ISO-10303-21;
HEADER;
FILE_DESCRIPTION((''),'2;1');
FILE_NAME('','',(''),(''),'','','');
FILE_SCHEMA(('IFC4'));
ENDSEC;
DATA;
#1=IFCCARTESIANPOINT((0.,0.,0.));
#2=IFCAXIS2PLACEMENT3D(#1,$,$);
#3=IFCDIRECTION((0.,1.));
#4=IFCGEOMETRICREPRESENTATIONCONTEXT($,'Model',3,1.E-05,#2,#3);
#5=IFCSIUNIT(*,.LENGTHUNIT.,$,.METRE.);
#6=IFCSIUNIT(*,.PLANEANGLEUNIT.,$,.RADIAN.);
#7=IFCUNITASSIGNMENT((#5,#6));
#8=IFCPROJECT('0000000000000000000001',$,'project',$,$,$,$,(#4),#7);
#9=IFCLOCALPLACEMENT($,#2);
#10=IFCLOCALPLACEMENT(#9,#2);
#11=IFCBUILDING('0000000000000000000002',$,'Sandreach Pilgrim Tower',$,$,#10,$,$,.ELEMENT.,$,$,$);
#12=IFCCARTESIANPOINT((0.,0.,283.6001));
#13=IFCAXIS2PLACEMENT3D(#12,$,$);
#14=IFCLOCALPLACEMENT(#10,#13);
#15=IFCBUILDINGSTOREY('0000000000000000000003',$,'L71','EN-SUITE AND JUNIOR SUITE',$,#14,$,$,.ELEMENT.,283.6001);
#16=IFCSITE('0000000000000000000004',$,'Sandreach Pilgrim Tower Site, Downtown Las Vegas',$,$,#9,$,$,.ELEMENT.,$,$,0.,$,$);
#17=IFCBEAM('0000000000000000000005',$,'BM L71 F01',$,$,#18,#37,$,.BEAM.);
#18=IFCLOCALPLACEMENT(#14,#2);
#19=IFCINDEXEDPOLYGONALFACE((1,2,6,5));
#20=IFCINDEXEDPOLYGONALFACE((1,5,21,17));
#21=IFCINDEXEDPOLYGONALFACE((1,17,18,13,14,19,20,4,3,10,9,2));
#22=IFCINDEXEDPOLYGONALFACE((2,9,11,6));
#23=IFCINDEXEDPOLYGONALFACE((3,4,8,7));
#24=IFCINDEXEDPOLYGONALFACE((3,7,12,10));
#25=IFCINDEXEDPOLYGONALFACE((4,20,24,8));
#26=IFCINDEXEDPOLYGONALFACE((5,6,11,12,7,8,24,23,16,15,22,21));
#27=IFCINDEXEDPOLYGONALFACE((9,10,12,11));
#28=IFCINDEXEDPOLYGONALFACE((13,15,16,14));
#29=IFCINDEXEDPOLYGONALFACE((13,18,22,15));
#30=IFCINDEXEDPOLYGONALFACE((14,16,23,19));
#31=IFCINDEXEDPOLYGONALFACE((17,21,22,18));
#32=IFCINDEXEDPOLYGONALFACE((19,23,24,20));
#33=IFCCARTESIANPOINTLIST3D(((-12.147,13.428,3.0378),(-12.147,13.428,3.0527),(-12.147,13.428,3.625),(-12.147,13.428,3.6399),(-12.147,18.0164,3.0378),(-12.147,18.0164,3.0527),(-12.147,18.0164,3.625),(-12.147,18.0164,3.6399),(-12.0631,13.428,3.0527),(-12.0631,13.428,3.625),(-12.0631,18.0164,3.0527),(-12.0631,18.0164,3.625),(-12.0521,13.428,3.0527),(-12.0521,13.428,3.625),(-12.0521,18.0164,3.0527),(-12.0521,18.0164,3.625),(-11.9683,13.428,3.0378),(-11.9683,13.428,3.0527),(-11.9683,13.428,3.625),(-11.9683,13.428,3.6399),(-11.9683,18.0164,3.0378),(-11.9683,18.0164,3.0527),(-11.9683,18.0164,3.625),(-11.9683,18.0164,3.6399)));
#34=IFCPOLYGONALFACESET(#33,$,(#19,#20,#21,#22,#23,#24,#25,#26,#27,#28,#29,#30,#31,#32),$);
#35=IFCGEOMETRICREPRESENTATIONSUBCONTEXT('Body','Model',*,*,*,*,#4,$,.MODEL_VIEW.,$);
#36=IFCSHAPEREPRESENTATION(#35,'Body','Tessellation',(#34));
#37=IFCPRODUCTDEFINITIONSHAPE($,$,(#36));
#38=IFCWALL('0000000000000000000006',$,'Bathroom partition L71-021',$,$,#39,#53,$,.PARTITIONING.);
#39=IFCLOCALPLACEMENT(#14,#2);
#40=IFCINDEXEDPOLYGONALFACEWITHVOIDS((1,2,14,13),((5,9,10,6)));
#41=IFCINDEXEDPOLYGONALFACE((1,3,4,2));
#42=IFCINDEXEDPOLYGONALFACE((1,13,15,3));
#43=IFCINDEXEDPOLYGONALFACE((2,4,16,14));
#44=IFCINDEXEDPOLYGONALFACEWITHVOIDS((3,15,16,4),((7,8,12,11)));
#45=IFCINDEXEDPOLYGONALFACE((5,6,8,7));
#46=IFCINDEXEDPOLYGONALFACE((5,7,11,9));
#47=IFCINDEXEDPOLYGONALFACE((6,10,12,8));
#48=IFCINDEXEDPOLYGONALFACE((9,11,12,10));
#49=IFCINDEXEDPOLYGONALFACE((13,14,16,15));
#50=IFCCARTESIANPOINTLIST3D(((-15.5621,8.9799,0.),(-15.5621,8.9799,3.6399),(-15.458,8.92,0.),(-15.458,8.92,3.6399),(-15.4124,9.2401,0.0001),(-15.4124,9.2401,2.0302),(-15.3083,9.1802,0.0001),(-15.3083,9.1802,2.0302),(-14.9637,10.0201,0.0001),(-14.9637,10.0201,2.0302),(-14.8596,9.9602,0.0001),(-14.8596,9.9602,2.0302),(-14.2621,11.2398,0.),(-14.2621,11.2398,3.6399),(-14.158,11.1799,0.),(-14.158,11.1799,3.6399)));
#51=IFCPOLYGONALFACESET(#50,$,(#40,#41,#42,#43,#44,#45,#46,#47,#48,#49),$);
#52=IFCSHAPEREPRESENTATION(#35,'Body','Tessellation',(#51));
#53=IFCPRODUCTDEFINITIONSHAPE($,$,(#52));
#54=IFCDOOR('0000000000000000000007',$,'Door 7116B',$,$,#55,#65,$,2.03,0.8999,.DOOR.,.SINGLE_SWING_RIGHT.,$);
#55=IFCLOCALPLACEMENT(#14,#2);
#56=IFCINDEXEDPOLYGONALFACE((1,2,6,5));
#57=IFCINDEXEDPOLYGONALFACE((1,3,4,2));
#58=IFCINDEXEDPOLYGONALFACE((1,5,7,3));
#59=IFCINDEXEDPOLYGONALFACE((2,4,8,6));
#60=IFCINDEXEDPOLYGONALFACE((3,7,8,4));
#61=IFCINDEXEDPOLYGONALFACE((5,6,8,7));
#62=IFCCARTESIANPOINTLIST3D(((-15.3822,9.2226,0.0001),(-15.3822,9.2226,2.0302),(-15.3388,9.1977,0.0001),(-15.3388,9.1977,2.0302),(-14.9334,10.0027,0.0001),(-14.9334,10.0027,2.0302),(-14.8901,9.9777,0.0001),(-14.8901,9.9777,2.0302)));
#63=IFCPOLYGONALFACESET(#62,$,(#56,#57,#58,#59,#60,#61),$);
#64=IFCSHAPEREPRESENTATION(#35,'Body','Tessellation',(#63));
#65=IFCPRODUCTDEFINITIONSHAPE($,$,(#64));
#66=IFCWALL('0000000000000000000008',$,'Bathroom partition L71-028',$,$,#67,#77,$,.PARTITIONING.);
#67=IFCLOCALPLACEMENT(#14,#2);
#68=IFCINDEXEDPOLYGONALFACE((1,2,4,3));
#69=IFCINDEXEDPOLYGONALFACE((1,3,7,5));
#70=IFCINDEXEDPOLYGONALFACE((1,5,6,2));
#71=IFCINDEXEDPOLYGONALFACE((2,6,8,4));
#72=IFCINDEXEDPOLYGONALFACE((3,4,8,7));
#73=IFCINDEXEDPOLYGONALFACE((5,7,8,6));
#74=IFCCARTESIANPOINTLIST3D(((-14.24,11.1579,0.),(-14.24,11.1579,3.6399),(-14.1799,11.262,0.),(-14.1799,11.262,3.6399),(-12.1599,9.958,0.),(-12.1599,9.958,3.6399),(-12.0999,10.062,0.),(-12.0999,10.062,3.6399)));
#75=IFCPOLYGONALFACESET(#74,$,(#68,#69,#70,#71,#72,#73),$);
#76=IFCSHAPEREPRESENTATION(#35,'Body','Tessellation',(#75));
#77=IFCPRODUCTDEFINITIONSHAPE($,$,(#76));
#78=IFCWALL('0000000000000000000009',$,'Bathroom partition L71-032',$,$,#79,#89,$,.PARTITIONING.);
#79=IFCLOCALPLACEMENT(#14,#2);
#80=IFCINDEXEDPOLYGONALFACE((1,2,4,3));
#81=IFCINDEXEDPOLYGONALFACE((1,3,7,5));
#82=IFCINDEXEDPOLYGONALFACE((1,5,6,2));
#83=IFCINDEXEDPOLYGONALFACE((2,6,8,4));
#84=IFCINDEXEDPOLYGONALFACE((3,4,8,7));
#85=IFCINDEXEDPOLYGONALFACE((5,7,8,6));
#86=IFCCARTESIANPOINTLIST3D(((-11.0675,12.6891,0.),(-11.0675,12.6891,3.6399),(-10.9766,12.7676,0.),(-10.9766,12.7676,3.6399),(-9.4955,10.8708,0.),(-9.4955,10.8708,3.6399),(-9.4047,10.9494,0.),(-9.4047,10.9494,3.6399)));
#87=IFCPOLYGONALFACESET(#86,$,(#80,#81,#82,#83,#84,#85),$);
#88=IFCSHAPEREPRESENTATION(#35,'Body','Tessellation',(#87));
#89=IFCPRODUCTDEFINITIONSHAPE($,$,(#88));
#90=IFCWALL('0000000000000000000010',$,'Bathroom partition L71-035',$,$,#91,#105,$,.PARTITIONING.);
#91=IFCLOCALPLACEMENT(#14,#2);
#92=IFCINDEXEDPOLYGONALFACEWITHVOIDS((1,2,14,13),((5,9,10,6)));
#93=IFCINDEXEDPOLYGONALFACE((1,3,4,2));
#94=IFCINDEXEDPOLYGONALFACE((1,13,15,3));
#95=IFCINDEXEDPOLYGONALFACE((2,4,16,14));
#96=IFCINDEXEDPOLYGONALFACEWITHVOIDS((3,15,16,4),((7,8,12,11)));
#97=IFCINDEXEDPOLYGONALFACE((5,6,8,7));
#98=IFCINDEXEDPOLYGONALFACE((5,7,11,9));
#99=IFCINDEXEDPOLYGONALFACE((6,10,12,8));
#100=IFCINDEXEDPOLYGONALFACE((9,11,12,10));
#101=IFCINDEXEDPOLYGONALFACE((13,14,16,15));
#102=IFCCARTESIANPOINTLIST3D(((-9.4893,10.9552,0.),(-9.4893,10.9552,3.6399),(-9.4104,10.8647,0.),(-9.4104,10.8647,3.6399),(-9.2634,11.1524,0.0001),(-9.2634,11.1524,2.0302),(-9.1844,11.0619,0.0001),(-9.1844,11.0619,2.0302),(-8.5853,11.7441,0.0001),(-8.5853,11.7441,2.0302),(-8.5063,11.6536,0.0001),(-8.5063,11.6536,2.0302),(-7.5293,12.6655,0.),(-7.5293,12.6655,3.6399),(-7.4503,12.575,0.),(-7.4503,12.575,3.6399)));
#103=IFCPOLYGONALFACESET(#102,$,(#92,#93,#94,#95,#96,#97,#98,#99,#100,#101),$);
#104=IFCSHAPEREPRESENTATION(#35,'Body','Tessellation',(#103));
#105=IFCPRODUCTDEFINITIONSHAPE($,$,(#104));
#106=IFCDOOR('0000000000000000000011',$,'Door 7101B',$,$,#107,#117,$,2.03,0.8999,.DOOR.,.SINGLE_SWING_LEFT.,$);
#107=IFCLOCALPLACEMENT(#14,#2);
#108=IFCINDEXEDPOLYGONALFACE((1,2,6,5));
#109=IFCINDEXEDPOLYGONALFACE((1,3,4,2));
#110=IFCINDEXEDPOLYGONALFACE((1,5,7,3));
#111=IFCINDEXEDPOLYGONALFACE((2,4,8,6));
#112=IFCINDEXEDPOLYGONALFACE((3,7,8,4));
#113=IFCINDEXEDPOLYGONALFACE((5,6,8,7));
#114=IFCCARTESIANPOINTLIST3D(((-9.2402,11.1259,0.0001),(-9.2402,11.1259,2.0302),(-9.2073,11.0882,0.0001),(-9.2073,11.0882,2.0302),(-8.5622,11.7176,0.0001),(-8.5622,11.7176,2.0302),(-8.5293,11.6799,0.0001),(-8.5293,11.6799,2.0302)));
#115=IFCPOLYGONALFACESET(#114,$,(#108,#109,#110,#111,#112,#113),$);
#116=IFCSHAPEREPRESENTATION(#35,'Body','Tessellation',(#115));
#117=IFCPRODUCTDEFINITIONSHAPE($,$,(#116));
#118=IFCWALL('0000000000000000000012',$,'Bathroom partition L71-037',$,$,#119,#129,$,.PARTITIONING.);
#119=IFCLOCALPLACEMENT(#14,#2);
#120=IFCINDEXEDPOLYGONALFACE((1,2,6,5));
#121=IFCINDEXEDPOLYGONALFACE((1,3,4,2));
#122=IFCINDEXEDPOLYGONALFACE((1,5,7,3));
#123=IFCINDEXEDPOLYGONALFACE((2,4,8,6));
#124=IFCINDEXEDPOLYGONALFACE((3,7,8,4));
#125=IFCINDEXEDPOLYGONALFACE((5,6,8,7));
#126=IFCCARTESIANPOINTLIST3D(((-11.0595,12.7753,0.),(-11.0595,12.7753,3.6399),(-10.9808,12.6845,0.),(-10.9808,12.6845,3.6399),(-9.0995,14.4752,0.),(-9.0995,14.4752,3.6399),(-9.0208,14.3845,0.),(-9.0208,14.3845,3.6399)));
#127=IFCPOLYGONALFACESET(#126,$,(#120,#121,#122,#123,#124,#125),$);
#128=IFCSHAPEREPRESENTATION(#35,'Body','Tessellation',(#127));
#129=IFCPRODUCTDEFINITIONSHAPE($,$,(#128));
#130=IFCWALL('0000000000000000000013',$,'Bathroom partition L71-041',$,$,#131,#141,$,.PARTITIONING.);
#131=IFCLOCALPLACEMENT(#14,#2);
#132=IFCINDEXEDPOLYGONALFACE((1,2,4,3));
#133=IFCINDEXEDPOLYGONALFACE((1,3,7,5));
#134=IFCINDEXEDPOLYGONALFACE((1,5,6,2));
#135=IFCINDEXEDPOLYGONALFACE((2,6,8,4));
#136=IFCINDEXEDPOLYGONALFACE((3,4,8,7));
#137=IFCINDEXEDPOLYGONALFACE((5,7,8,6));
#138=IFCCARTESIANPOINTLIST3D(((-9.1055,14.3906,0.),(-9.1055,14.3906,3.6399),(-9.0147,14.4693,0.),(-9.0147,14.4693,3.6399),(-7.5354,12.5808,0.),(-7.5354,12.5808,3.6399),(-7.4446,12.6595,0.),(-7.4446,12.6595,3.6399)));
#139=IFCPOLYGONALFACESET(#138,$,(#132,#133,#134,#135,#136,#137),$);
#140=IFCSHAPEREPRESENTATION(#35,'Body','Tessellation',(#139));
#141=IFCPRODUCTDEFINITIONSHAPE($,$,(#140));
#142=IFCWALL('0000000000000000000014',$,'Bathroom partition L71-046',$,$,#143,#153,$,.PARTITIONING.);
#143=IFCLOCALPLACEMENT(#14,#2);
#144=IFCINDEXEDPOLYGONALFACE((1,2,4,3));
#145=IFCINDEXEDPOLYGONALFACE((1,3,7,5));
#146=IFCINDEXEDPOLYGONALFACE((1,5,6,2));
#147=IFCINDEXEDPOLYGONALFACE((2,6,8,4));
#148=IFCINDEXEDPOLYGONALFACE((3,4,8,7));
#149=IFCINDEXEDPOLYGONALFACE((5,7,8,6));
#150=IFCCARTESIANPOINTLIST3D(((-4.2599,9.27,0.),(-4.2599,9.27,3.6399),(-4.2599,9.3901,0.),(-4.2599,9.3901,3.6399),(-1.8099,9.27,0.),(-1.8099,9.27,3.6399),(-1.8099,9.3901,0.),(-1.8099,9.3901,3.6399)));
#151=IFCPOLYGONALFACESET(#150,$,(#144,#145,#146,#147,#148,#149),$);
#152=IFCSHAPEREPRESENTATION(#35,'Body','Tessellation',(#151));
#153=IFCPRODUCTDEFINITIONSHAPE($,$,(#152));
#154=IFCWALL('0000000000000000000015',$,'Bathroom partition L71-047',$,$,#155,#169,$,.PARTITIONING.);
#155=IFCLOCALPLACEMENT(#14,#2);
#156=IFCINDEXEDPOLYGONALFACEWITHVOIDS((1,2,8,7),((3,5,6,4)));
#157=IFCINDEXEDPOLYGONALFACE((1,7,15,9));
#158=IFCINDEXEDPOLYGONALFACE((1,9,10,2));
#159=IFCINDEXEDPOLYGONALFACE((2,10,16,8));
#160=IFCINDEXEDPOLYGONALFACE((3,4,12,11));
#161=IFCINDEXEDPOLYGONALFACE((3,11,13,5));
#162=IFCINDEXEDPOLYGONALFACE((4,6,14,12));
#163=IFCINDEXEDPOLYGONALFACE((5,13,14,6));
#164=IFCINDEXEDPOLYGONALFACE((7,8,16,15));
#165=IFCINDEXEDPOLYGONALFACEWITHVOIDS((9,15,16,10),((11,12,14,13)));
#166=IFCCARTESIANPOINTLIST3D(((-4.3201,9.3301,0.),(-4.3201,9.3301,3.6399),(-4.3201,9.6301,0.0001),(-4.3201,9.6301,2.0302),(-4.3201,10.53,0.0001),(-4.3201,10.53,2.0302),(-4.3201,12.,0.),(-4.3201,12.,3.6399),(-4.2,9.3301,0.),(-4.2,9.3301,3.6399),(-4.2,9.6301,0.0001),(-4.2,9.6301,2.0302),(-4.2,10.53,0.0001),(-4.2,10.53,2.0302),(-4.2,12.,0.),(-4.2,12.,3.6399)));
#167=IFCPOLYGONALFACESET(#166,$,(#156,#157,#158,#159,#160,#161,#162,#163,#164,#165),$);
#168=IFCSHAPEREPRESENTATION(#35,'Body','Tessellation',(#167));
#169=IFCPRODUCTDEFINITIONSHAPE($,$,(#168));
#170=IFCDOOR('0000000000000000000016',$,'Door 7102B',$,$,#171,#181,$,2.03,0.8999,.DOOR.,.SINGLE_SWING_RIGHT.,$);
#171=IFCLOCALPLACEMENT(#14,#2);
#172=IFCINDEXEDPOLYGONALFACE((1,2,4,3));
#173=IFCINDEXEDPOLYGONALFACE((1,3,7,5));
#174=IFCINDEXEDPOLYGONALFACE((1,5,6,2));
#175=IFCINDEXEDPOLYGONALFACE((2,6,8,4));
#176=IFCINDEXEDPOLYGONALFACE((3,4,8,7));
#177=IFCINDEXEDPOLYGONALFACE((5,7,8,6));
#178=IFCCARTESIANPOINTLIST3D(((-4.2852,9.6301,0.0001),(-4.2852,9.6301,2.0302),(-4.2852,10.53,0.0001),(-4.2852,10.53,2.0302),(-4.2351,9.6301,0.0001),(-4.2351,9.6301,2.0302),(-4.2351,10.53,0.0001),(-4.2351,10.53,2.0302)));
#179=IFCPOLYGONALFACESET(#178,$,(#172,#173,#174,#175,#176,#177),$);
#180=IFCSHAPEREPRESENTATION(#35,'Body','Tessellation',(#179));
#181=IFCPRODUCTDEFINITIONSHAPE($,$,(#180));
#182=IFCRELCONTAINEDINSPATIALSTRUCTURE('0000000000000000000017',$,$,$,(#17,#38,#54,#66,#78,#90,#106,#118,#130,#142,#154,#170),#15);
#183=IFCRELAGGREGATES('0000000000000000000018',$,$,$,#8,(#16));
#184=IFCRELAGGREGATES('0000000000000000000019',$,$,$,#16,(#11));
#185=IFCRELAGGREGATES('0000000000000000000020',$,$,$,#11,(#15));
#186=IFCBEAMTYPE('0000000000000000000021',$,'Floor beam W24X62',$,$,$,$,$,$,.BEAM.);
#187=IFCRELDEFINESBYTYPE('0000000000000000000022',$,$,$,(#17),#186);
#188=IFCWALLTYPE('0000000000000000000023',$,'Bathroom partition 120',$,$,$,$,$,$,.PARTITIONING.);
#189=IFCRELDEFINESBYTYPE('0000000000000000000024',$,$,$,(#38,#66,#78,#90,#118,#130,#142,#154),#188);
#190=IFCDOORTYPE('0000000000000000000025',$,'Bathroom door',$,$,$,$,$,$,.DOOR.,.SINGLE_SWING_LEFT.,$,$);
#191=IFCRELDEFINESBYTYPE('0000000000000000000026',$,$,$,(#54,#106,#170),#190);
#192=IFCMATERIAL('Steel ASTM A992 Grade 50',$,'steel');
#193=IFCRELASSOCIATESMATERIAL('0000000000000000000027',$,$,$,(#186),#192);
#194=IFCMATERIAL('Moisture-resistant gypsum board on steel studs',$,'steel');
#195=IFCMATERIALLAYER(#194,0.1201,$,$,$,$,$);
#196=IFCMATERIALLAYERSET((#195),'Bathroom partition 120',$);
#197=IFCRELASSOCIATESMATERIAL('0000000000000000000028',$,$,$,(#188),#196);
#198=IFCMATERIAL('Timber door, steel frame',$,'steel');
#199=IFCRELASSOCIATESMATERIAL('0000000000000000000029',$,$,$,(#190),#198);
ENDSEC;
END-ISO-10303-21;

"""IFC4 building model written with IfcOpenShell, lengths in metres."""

from ifc_helpers import new_model, si_unit, direction, frame, frame_2d, origin, origin_2d, place, context, subcontext, project, spatial, rectangle, i_section, extrude, material, layer, layer_set, material_profile, profile_set, type_object, element, fill, save


model = new_model("IFC4")

# Units and contexts
model_context = context("Model", 3, precision=1e-05, world=origin(), true_north=direction((0.0, 1.0)))
body_context = subcontext(model_context, "Body", "Model", "MODEL_VIEW")
ifc_project = project(units=[si_unit("LENGTHUNIT", "METRE"), si_unit("PLANEANGLEUNIT", "RADIAN")], contexts=[model_context])

# Site, building, storey
site_placement = place(None, origin())
site = spatial("IfcSite", under=ifc_project, at=site_placement, Name="Sandreach Pilgrim Tower Site, Downtown Las Vegas", CompositionType="ELEMENT", RefElevation=0.0)
building_placement = place(site_placement, origin())
building = spatial("IfcBuilding", under=site, at=building_placement, Name="Sandreach Pilgrim Tower", CompositionType="ELEMENT")
storey_placement = place(building_placement, frame((0.0, 0.0, 283.6001)))
storey = spatial("IfcBuildingStorey", under=building, at=storey_placement, Name="L71", Description="EN-SUITE AND JUNIOR SUITE", CompositionType="ELEMENT", Elevation=283.6001)

# Beam
ifc_material_1 = material(Name="Steel ASTM A992 Grade 50", Category="steel")
ifc_material_profile = material_profile(ifc_material_1, i_section(OverallWidth=0.1787, OverallDepth=0.6021, WebThickness=0.011, FlangeThickness=0.0149, at=origin_2d()), Name="W24X62")
ifc_profile_set = profile_set([ifc_material_profile], Name="Steel ASTM A992 Grade 50")
beam_type = type_object("IfcBeamType", Name="Floor beam W24X62", PredefinedType="BEAM", material=ifc_profile_set)
beam_placement = place(storey_placement, frame((-12.0576, 18.0164, 3.3389), z_axis=(0.0, -1.0, 0.0), x_axis=(1.0, 0.0, 0.0)))
element("IfcBeam", 1, at=beam_placement, inside=storey, type_object=beam_type, Name="BM L71 F01", PredefinedType="BEAM", context=body_context, shape_type="SweptSolid", body=[
    extrude(i_section(OverallWidth=0.1787, OverallDepth=0.6021, WebThickness=0.011, FlangeThickness=0.0149, at=origin_2d()), origin(), (0.0, 0.0, 1.0), 4.5884),
])

# Wall, opening, door
ifc_material_2 = material(Name="Moisture-resistant gypsum board on steel studs", Category="steel")
ifc_layer_1 = layer(ifc_material_2, 0.1201)
ifc_layer_set_1 = layer_set([ifc_layer_1], Name="Bathroom partition 120")
wall_type_1 = type_object("IfcWallType", Name="Bathroom partition 120", PredefinedType="PARTITIONING", material=ifc_layer_set_1)
wall_1_placement = place(storey_placement, frame((-14.21, 11.21, 0.0), z_axis=(0.0, 0.0, 1.0), x_axis=(-0.498628, -0.866816, 0.0)))
wall_1 = element("IfcWall", 2, at=wall_1_placement, inside=storey, type_object=wall_type_1, Name="Bathroom partition L71-021", PredefinedType="PARTITIONING", context=body_context, shape_type="SweptSolid", body=[
    extrude(rectangle(XDim=2.6072, YDim=0.1201, at=frame_2d((1.3037, 0.0))), origin(), (0.0, 0.0, 1.0), 3.6399),
])
opening_1_placement = place(wall_1_placement, frame((1.4072, 0.0, 0.0)))
opening_1 = element("IfcOpeningElement", 3, at=opening_1_placement, cuts=wall_1, PredefinedType="OPENING", context=body_context, shape_type="SweptSolid", body=[
    extrude(rectangle(XDim=0.8999, YDim=2.03, at=frame_2d((0.45, 1.0151))), frame((0.0, 0.0601, 0.0), z_axis=(0.0, -1.0, 0.0), x_axis=(1.0, 0.0, 0.0)), (0.0, 0.0, 1.0), 0.1201),
])
ifc_material_3 = material(Name="Timber door, steel frame", Category="steel")
door_type_1 = type_object("IfcDoorType", Name="Bathroom door", OperationType="SINGLE_SWING_LEFT", PredefinedType="DOOR", material=ifc_material_3)
door_1_placement = place(opening_1_placement, origin())
door_1 = element("IfcDoor", 4, at=door_1_placement, inside=storey, type_object=door_type_1, Name="Door 7116B", OperationType="SINGLE_SWING_RIGHT", OverallHeight=2.03, OverallWidth=0.8999, PredefinedType="DOOR", context=body_context, shape_type="SweptSolid", body=[
    extrude(rectangle(XDim=0.8999, YDim=2.03, at=frame_2d((0.45, 1.0151))), frame((0.0, 0.0249, 0.0), z_axis=(0.0, -1.0, 0.0), x_axis=(1.0, 0.0, 0.0)), (0.0, 0.0, 1.0), 0.05),
])
fill(opening_1, door_1)

# Walls
wall_2_placement = place(storey_placement, frame((-12.1299, 10.01, 0.0), z_axis=(0.0, 0.0, 1.0), x_axis=(-0.866203, 0.499693, 0.0)))
element("IfcWall", 5, at=wall_2_placement, inside=storey, type_object=wall_type_1, Name="Bathroom partition L71-028", PredefinedType="PARTITIONING", context=body_context, shape_type="SweptSolid", body=[
    extrude(rectangle(XDim=2.4014, YDim=0.1201, at=frame_2d((1.2007, 0.0))), origin(), (0.0, 0.0, 1.0), 3.6399),
])
wall_3_placement = place(storey_placement, frame((-11.022, 12.7283, 0.0), z_axis=(0.0, 0.0, 1.0), x_axis=(0.654006, -0.756489, 0.0)))
element("IfcWall", 6, at=wall_3_placement, inside=storey, type_object=wall_type_1, Name="Bathroom partition L71-032", PredefinedType="PARTITIONING", context=body_context, shape_type="SweptSolid", body=[
    extrude(rectangle(XDim=2.4036, YDim=0.1201, at=frame_2d((1.2017, 0.0))), origin(), (0.0, 0.0, 1.0), 3.6399),
])

# Wall, opening, door
wall_4_placement = place(storey_placement, frame((-9.45, 10.9099, 0.0), z_axis=(0.0, 0.0, 1.0), x_axis=(0.753483, 0.657467, 0.0)))
wall_4 = element("IfcWall", 7, at=wall_4_placement, inside=storey, type_object=wall_type_1, Name="Bathroom partition L71-035", PredefinedType="PARTITIONING", context=body_context, shape_type="SweptSolid", body=[
    extrude(rectangle(XDim=2.6013, YDim=0.1201, at=frame_2d((1.3008, 0.0))), origin(), (0.0, 0.0, 1.0), 3.6399),
])
opening_2_placement = place(wall_4_placement, frame((0.3, 0.0, 0.0)))
opening_2 = element("IfcOpeningElement", 8, at=opening_2_placement, cuts=wall_4, PredefinedType="OPENING", context=body_context, shape_type="SweptSolid", body=[
    extrude(rectangle(XDim=0.8999, YDim=2.03, at=frame_2d((0.45, 1.0151))), frame((0.0, 0.0601, 0.0), z_axis=(0.0, -1.0, 0.0), x_axis=(1.0, 0.0, 0.0)), (0.0, 0.0, 1.0), 0.1201),
])
door_2_placement = place(opening_2_placement, origin())
door_2 = element("IfcDoor", 9, at=door_2_placement, inside=storey, type_object=door_type_1, Name="Door 7101B", OperationType="SINGLE_SWING_LEFT", OverallHeight=2.03, OverallWidth=0.8999, PredefinedType="DOOR", context=body_context, shape_type="SweptSolid", body=[
    extrude(rectangle(XDim=0.8999, YDim=2.03, at=frame_2d((0.45, 1.0151))), frame((0.0, 0.0249, 0.0), z_axis=(0.0, -1.0, 0.0), x_axis=(1.0, 0.0, 0.0)), (0.0, 0.0, 1.0), 0.05),
])
fill(opening_2, door_2)

# Walls
wall_5_placement = place(storey_placement, frame((-9.0601, 14.4299, 0.0), z_axis=(0.0, 0.0, 1.0), x_axis=(-0.755438, -0.655221, 0.0)))
element("IfcWall", 10, at=wall_5_placement, inside=storey, type_object=wall_type_1, Name="Bathroom partition L71-037", PredefinedType="PARTITIONING", context=body_context, shape_type="SweptSolid", body=[
    extrude(rectangle(XDim=2.5945, YDim=0.1201, at=frame_2d((1.2974, 0.0))), origin(), (0.0, 0.0, 1.0), 3.6399),
])
wall_6_placement = place(storey_placement, frame((-7.49, 12.6201, 0.0), z_axis=(0.0, 0.0, 1.0), x_axis=(-0.655303, 0.755366, 0.0)))
element("IfcWall", 11, at=wall_6_placement, inside=storey, type_object=wall_type_1, Name="Bathroom partition L71-041", PredefinedType="PARTITIONING", context=body_context, shape_type="SweptSolid", body=[
    extrude(rectangle(XDim=2.396, YDim=0.1201, at=frame_2d((1.198, 0.0))), origin(), (0.0, 0.0, 1.0), 3.6399),
])
wall_7_placement = place(storey_placement, frame((-4.26, 9.3301, 0.0), z_axis=(0.0, 0.0, 1.0), x_axis=(1.0, 0.0, 0.0)))
element("IfcWall", 12, at=wall_7_placement, inside=storey, type_object=wall_type_1, Name="Bathroom partition L71-046", PredefinedType="PARTITIONING", context=body_context, shape_type="SweptSolid", body=[
    extrude(rectangle(XDim=2.45, YDim=0.1201, at=frame_2d((1.2251, 0.0))), origin(), (0.0, 0.0, 1.0), 3.6399),
])

# Wall, opening, door
wall_8_placement = place(storey_placement, frame((-4.26, 12.0, 0.0), z_axis=(0.0, 0.0, 1.0), x_axis=(0.0, -1.0, 0.0)))
wall_8 = element("IfcWall", 13, at=wall_8_placement, inside=storey, type_object=wall_type_1, Name="Bathroom partition L71-047", PredefinedType="PARTITIONING", context=body_context, shape_type="SweptSolid", body=[
    extrude(rectangle(XDim=2.6699, YDim=0.1201, at=frame_2d((1.335, 0.0))), origin(), (0.0, 0.0, 1.0), 3.6399),
])
opening_3_placement = place(wall_8_placement, frame((1.47, 0.0, 0.0)))
opening_3 = element("IfcOpeningElement", 14, at=opening_3_placement, cuts=wall_8, PredefinedType="OPENING", context=body_context, shape_type="SweptSolid", body=[
    extrude(rectangle(XDim=0.8999, YDim=2.03, at=frame_2d((0.45, 1.0151))), frame((0.0, 0.0601, 0.0), z_axis=(0.0, -1.0, 0.0), x_axis=(1.0, 0.0, 0.0)), (0.0, 0.0, 1.0), 0.1201),
])
door_3_placement = place(opening_3_placement, origin())
door_3 = element("IfcDoor", 15, at=door_3_placement, inside=storey, type_object=door_type_1, Name="Door 7102B", OperationType="SINGLE_SWING_RIGHT", OverallHeight=2.03, OverallWidth=0.8999, PredefinedType="DOOR", context=body_context, shape_type="SweptSolid", body=[
    extrude(rectangle(XDim=0.8999, YDim=2.03, at=frame_2d((0.45, 1.0151))), frame((0.0, 0.0249, 0.0), z_axis=(0.0, -1.0, 0.0), x_axis=(1.0, 0.0, 0.0)), (0.0, 0.0, 1.0), 0.05),
])
fill(opening_3, door_3)

save(model, "model.ifc")
